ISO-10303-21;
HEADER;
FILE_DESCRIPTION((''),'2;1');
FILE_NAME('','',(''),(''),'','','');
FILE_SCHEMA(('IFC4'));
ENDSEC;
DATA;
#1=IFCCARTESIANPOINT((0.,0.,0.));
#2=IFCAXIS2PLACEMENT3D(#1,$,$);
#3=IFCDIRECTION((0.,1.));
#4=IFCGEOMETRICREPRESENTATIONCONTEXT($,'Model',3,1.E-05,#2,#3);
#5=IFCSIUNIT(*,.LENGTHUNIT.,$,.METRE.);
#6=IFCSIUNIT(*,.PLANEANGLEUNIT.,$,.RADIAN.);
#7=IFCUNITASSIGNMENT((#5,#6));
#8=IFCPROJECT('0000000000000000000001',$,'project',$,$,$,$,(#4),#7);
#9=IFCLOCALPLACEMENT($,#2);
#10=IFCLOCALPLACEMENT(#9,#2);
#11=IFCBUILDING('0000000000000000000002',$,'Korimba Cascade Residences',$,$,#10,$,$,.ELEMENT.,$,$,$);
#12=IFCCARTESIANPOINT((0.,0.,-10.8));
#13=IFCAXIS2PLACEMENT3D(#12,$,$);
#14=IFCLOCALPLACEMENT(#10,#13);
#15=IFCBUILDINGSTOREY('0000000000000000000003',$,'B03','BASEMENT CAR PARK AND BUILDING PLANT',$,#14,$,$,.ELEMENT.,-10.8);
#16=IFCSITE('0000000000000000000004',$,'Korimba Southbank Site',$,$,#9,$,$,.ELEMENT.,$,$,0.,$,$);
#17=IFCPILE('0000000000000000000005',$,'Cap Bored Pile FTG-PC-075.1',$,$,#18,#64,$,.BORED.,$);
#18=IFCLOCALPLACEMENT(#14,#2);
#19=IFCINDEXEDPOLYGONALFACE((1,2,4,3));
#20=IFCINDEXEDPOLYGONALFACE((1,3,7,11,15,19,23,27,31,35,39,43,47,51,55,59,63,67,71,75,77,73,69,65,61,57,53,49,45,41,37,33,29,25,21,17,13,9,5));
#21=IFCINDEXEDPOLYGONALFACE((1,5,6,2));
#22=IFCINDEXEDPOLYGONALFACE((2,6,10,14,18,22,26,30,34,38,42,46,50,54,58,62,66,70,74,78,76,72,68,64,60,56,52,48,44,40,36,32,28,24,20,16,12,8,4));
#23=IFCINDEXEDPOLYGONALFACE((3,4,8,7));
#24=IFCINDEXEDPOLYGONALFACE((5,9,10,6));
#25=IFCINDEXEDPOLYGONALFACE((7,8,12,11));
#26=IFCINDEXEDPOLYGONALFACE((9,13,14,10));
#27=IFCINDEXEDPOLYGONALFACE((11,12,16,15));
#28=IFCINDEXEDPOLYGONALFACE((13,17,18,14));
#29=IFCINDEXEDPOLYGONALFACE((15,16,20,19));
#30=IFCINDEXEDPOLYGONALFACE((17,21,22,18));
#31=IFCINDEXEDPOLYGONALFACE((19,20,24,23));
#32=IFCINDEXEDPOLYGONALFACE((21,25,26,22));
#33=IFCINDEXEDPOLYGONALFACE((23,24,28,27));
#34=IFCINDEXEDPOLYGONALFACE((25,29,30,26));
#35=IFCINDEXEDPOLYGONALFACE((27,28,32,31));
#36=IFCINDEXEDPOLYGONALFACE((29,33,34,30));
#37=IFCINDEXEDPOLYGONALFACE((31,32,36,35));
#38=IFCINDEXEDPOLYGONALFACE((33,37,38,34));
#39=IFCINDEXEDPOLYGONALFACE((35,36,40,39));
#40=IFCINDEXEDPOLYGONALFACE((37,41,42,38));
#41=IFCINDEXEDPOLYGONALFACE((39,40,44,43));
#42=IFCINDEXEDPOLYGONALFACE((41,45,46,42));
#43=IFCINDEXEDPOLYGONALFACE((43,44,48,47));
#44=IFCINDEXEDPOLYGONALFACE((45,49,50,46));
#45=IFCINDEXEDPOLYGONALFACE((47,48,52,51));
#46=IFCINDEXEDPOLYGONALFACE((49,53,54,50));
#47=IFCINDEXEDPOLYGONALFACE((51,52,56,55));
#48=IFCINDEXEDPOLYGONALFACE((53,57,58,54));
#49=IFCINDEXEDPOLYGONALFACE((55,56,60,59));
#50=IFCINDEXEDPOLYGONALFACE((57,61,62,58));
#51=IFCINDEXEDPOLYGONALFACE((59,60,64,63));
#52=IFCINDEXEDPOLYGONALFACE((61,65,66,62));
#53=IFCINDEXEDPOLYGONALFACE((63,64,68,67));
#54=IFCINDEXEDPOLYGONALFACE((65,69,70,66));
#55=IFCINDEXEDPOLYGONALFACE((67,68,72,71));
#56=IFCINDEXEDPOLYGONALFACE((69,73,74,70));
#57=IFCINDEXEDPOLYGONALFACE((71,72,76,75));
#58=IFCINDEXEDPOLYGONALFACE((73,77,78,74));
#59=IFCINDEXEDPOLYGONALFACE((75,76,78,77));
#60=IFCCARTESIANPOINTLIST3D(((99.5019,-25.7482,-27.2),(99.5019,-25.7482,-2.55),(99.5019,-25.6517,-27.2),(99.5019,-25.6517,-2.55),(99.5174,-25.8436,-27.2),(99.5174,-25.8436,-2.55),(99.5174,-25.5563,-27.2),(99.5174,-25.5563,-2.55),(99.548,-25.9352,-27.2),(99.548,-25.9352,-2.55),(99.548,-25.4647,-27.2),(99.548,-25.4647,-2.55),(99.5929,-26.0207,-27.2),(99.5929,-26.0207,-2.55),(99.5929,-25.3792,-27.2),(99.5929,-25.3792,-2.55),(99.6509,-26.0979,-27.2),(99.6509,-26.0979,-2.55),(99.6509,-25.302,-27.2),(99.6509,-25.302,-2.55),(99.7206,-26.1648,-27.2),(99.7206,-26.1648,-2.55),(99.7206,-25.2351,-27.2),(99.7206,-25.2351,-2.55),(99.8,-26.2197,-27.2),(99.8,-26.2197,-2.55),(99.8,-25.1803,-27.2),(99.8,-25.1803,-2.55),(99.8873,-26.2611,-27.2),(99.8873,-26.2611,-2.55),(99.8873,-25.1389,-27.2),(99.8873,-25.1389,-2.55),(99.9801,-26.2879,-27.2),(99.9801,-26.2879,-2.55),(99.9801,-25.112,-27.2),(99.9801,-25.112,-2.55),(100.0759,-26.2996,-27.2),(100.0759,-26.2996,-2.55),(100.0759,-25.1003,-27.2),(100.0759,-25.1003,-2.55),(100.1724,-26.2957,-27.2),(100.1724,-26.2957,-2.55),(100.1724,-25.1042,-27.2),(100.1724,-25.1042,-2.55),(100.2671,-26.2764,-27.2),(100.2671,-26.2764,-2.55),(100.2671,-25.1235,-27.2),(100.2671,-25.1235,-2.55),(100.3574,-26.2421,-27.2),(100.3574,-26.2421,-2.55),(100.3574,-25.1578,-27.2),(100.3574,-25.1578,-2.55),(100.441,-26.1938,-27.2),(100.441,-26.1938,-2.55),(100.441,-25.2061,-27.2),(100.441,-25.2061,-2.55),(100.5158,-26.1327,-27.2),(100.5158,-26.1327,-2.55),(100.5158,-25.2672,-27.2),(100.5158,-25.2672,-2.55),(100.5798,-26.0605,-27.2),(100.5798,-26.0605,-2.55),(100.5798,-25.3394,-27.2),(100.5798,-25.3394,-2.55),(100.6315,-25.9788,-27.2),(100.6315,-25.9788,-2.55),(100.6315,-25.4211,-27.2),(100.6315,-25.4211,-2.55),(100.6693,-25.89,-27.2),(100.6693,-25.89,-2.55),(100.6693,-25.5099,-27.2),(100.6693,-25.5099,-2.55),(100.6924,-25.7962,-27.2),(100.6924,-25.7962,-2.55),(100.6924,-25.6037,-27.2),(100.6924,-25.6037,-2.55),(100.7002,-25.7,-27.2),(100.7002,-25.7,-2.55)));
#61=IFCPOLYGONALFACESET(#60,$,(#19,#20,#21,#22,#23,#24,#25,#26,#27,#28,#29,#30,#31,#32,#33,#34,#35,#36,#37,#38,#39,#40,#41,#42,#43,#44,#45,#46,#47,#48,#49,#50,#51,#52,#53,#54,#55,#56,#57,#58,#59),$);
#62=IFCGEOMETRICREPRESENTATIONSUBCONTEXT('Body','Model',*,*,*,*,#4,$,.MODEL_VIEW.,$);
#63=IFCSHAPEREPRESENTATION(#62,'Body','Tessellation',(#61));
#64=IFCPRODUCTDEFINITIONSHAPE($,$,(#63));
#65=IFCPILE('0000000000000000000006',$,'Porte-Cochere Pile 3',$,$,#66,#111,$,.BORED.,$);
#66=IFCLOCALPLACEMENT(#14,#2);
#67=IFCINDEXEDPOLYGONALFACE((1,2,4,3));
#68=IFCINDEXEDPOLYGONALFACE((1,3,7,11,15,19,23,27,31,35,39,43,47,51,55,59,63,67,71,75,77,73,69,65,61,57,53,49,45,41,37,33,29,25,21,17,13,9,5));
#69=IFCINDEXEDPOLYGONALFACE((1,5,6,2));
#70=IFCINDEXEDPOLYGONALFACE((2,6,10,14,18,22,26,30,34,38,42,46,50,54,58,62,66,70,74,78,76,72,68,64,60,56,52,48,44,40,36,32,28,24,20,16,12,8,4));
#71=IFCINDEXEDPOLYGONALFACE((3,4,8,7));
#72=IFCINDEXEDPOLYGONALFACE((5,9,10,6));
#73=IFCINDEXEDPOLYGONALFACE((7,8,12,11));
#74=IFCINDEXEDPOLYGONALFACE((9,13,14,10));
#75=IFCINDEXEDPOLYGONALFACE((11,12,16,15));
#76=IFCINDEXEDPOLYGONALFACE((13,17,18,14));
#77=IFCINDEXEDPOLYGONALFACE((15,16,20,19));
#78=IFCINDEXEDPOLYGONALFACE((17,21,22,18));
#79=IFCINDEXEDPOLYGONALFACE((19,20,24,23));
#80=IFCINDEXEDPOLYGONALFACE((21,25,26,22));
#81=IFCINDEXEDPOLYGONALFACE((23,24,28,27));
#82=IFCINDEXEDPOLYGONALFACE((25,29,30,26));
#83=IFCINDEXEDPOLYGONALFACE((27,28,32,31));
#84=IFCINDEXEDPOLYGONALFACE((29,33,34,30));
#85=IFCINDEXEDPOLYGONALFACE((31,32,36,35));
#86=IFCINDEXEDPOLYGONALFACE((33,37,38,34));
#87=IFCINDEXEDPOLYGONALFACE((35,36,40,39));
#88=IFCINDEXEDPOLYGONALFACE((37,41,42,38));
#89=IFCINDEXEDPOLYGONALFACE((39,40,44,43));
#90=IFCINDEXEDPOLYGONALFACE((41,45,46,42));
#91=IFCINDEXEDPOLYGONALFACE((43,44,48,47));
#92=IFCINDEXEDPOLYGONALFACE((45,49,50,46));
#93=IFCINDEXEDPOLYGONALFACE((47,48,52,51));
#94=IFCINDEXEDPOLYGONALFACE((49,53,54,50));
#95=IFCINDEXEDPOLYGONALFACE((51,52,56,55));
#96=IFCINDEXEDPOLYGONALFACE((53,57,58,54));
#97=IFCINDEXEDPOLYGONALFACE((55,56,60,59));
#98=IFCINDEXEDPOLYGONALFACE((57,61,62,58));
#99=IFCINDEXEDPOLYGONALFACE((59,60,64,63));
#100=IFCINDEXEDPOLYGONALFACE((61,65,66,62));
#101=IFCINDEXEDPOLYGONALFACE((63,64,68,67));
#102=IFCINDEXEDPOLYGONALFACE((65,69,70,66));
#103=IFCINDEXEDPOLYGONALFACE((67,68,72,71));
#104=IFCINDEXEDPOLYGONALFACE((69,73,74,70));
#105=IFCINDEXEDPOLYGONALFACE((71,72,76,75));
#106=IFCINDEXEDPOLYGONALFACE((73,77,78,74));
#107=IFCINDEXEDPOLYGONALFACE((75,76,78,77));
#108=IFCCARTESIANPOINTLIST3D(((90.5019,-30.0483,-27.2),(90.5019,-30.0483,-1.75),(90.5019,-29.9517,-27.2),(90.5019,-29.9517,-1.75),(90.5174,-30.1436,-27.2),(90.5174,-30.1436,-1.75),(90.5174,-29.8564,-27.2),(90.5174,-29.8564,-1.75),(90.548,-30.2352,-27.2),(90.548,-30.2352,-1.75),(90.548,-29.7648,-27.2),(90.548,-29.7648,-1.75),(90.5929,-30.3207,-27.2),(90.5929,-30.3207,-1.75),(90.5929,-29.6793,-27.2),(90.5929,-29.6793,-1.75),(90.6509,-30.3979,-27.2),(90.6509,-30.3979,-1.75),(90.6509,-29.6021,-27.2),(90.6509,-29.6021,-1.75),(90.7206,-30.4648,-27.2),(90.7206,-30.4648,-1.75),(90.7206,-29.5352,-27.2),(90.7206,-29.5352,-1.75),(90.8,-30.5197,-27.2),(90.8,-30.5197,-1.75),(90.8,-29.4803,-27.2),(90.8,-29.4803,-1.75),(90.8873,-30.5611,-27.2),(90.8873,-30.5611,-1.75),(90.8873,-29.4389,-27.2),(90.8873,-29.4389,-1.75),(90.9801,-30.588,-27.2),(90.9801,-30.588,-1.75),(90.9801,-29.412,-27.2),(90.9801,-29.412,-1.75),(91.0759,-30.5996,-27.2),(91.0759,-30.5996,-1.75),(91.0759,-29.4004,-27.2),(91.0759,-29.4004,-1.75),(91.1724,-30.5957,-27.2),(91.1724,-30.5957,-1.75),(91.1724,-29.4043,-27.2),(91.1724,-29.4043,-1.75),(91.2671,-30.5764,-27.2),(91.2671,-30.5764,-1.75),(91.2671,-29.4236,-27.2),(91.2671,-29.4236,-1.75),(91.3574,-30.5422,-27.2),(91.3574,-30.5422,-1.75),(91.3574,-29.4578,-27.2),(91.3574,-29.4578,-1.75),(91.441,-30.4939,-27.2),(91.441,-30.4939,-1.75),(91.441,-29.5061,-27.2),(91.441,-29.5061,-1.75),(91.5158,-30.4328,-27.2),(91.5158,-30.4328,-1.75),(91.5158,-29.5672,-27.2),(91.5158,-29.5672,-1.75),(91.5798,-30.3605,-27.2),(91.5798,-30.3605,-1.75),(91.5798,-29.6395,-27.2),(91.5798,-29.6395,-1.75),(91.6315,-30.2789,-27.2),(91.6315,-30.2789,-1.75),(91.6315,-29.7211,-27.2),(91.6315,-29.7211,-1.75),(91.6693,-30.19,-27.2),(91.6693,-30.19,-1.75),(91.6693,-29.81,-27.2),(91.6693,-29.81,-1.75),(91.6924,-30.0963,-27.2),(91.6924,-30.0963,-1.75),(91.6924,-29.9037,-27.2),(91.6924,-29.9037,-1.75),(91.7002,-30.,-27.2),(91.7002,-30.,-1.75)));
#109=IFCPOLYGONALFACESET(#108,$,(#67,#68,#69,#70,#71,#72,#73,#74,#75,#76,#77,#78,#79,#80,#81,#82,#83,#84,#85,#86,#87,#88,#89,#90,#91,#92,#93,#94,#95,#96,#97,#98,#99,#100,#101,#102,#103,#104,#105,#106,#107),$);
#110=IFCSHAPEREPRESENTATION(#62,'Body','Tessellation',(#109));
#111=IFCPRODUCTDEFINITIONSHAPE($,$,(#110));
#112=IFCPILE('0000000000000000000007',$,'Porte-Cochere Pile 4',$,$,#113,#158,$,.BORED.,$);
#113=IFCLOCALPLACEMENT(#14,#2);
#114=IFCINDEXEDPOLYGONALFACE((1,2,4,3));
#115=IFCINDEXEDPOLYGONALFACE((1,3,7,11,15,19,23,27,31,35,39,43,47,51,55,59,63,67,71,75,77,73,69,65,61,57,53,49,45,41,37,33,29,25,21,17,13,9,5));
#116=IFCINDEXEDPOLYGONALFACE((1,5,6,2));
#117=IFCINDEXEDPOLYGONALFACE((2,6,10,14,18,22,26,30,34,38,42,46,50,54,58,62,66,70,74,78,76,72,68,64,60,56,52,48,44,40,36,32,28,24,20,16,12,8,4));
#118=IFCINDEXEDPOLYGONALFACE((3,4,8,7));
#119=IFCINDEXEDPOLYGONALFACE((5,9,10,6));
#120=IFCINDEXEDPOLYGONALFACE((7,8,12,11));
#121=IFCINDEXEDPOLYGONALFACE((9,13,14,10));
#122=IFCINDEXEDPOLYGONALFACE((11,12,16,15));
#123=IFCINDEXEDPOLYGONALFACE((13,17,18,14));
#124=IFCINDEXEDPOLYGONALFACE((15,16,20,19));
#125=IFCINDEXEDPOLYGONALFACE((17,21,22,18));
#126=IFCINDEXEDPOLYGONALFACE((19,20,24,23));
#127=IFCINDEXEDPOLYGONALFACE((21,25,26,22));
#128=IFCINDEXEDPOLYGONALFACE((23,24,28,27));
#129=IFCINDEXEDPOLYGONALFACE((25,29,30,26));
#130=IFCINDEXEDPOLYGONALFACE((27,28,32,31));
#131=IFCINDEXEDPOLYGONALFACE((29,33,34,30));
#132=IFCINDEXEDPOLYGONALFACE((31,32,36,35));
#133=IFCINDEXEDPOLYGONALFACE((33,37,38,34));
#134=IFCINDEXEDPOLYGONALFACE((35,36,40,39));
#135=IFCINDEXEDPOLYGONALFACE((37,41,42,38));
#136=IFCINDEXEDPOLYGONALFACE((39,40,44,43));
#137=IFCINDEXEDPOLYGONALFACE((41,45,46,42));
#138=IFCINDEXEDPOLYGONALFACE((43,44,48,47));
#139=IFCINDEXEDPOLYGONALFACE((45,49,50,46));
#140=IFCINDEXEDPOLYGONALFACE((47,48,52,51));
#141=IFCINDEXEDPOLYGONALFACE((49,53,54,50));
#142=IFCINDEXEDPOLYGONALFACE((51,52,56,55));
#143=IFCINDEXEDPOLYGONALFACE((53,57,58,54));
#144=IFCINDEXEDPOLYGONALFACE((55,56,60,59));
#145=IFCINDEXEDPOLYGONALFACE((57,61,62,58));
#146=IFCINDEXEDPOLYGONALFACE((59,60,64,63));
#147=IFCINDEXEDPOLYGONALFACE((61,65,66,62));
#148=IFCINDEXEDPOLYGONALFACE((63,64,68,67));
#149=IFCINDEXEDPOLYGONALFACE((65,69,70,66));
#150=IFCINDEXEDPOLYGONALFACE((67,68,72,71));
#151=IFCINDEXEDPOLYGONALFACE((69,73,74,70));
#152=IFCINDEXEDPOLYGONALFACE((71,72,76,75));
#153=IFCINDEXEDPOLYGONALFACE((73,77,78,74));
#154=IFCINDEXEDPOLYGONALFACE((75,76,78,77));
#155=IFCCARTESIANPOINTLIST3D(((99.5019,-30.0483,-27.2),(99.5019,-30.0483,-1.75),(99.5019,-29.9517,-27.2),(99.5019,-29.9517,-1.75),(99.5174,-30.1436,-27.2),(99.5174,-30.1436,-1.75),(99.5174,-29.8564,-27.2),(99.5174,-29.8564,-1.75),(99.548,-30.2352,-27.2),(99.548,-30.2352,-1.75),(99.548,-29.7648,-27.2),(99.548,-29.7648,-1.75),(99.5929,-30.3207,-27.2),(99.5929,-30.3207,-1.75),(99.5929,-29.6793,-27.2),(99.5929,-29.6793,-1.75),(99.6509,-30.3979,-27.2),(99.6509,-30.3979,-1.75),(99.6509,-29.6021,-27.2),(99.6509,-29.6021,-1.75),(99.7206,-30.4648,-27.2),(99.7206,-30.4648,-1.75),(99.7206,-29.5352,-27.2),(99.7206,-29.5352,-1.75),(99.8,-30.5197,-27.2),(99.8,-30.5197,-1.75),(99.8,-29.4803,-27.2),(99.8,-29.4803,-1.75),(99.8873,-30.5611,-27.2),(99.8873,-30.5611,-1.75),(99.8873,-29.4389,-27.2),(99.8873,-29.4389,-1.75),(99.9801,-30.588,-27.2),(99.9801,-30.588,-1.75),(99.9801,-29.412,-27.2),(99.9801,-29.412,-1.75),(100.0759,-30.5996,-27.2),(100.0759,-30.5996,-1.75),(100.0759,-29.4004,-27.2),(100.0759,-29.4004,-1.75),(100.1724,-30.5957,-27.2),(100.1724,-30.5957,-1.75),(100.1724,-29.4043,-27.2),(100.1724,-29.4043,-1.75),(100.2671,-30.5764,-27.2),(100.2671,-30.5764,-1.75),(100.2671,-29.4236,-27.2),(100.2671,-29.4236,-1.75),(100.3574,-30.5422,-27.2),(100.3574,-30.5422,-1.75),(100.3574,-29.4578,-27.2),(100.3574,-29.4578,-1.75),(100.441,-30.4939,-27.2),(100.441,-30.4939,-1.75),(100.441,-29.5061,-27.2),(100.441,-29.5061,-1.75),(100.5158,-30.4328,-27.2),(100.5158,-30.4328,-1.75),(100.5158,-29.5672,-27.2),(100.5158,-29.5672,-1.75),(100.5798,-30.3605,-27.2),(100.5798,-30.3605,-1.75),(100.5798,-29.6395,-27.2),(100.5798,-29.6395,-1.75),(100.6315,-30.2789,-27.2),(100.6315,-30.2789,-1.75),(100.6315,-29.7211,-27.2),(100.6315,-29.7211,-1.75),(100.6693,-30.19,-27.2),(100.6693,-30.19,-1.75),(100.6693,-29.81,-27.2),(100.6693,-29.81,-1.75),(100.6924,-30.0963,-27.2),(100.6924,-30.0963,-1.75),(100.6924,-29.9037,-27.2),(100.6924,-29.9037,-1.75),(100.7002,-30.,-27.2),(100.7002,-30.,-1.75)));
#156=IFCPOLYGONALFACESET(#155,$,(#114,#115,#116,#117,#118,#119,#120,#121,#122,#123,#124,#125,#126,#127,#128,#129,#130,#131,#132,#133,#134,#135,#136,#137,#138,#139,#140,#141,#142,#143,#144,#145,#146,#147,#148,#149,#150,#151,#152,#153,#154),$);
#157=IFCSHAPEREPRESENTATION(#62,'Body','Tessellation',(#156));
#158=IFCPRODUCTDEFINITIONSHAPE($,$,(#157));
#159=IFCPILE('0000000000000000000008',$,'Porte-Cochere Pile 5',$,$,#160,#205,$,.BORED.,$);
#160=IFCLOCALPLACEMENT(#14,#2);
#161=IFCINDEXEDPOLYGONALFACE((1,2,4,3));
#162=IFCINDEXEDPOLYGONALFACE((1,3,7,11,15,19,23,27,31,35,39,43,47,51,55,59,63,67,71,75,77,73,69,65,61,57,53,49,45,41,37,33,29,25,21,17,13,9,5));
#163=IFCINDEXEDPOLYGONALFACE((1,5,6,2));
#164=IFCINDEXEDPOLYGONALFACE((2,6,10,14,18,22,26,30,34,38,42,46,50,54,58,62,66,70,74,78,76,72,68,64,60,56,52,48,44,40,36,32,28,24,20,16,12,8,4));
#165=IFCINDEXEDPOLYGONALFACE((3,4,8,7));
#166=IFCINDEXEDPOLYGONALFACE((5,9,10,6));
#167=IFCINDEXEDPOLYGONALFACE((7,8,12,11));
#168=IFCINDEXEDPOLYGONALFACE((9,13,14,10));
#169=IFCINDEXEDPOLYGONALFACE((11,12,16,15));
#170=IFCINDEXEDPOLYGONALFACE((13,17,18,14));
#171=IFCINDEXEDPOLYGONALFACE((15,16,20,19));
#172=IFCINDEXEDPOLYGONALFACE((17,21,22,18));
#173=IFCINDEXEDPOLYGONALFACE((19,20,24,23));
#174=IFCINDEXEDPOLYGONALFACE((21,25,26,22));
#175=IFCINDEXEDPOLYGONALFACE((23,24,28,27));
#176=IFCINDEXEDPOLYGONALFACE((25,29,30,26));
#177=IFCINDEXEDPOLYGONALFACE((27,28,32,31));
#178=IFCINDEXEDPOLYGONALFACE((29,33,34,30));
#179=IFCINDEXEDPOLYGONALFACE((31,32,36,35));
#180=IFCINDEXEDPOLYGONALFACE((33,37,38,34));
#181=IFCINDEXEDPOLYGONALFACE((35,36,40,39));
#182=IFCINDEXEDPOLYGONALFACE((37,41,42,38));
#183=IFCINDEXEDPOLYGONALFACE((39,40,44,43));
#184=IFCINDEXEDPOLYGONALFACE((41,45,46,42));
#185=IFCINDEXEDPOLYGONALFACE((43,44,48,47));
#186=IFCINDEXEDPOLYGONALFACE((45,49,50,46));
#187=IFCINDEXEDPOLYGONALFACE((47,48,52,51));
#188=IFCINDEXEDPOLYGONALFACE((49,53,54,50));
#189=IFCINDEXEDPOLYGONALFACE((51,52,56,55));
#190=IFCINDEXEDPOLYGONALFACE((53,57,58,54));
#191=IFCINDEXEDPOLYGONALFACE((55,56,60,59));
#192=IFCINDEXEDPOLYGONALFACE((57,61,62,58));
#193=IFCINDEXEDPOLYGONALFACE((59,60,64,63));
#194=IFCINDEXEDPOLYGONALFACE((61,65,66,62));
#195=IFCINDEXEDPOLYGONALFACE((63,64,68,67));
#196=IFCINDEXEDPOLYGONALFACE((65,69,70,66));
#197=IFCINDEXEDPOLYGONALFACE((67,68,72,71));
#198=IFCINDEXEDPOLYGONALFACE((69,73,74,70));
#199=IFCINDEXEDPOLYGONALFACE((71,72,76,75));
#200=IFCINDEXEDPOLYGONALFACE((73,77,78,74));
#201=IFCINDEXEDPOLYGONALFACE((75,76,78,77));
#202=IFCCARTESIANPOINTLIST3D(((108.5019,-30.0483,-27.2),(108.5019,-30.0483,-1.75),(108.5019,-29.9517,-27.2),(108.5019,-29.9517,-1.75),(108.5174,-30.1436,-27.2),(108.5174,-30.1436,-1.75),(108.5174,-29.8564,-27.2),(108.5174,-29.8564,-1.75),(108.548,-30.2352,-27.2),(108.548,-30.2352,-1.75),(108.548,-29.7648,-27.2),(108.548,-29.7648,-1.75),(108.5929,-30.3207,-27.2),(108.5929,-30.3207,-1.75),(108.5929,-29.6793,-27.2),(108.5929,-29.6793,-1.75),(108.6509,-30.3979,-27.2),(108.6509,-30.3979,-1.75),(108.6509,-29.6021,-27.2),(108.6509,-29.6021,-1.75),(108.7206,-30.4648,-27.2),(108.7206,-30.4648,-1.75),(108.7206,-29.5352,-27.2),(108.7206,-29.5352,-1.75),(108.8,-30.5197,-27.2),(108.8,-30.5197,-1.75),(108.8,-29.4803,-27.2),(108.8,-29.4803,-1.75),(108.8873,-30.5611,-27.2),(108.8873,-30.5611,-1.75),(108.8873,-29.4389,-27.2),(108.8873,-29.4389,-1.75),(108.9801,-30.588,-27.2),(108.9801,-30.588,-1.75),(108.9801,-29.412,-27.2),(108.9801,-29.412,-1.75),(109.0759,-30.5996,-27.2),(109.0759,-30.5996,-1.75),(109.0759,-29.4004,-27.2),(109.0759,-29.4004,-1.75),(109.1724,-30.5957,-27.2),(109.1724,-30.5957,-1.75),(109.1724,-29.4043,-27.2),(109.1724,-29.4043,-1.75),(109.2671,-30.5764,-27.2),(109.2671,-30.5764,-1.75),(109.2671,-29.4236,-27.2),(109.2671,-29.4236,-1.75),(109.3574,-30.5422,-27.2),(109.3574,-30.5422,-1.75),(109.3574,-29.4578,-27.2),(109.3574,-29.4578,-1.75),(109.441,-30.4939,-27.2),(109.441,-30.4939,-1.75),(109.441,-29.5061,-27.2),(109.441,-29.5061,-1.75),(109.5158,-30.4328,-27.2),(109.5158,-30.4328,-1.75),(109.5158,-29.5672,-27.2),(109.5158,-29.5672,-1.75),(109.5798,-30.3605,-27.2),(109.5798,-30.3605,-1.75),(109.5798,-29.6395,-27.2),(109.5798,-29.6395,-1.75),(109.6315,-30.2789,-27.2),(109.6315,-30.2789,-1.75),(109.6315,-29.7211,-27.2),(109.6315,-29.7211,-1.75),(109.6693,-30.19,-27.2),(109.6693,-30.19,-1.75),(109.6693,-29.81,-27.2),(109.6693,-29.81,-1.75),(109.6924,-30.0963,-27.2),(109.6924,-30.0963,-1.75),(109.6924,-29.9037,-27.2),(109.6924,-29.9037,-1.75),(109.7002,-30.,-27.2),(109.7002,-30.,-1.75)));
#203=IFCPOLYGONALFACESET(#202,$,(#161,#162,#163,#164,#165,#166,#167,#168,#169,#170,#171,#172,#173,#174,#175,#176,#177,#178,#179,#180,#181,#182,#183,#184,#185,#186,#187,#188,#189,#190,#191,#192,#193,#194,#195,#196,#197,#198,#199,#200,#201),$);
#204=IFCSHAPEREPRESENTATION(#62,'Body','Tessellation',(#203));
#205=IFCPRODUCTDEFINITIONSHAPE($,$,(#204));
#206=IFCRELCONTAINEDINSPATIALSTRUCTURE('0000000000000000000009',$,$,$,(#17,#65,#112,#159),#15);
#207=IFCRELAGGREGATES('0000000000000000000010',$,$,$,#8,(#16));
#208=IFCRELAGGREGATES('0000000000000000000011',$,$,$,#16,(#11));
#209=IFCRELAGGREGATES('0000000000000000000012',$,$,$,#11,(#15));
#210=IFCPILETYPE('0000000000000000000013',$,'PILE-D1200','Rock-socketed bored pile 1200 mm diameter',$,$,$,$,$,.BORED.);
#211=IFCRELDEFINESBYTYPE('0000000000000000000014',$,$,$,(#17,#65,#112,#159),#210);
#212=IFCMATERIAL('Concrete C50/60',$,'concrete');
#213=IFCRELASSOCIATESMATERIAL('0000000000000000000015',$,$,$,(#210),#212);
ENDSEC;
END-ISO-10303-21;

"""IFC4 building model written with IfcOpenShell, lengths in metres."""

from ifc_helpers import new_model, si_unit, direction, frame, origin, origin_2d, place, context, subcontext, project, spatial, circle, extrude, material, material_profile, profile_set, type_object, element, save


model = new_model("IFC4")

# Units and contexts
model_context = context("Model", 3, precision=1e-05, world=origin(), true_north=direction((0.0, 1.0)))
body_context = subcontext(model_context, "Body", "Model", "MODEL_VIEW")
ifc_project = project(units=[si_unit("LENGTHUNIT", "METRE"), si_unit("PLANEANGLEUNIT", "RADIAN")], contexts=[model_context])

# Site, building, storey
site_placement = place(None, origin())
site = spatial("IfcSite", under=ifc_project, at=site_placement, Name="Korimba Southbank Site", CompositionType="ELEMENT", RefElevation=0.0)
building_placement = place(site_placement, origin())
building = spatial("IfcBuilding", under=site, at=building_placement, Name="Korimba Cascade Residences", CompositionType="ELEMENT")
storey_placement = place(building_placement, frame((0.0, 0.0, -10.8)))
storey = spatial("IfcBuildingStorey", under=building, at=storey_placement, Name="B03", Description="BASEMENT CAR PARK AND BUILDING PLANT", CompositionType="ELEMENT", Elevation=-10.8)

# Piles
ifc_material_1 = material(Name="Concrete C50/60", Category="concrete")
ifc_material_profile_1 = material_profile(ifc_material_1, circle(Radius=0.6001, at=origin_2d()), Name="Concrete C50/60")
ifc_profile_set_1 = profile_set([ifc_material_profile_1], Name="Concrete C50/60")
pile_type = type_object("IfcPileType", Name="PILE-D1200", Description="Rock-socketed bored pile 1200 mm diameter", PredefinedType="BORED", material=ifc_profile_set_1)
for number, where, z_axis, x_axis, name in (
    (1, (100.1001, -25.7, -2.55), (0.0, 0.0, -1.0), (1.0, 0.0, 0.0), "Cap Bored Pile FTG-PC-075.1"),
):
    element("IfcPile", number, at=place(storey_placement, frame(where, z_axis=z_axis, x_axis=x_axis)), inside=storey, type_object=pile_type, Name=name, PredefinedType="BORED", context=body_context, shape_type="SweptSolid", body=[
        extrude(circle(Radius=0.6001, at=origin_2d()), origin(), (0.0, 0.0, 1.0), 24.6499),
    ])
for number, where, z_axis, x_axis, name in (
    (2, (91.1001, -30.0, -1.75), (0.0, 0.0, -1.0), (1.0, 0.0, 0.0), "Porte-Cochere Pile 3"),
    (3, (100.1001, -30.0, -1.75), (0.0, 0.0, -1.0), (1.0, 0.0, 0.0), "Porte-Cochere Pile 4"),
    (4, (109.1001, -30.0, -1.75), (0.0, 0.0, -1.0), (1.0, 0.0, 0.0), "Porte-Cochere Pile 5"),
):
    element("IfcPile", number, at=place(storey_placement, frame(where, z_axis=z_axis, x_axis=x_axis)), inside=storey, type_object=pile_type, Name=name, PredefinedType="BORED", context=body_context, shape_type="SweptSolid", body=[
        extrude(circle(Radius=0.6001, at=origin_2d()), origin(), (0.0, 0.0, 1.0), 25.45),
    ])

save(model, "model.ifc")
